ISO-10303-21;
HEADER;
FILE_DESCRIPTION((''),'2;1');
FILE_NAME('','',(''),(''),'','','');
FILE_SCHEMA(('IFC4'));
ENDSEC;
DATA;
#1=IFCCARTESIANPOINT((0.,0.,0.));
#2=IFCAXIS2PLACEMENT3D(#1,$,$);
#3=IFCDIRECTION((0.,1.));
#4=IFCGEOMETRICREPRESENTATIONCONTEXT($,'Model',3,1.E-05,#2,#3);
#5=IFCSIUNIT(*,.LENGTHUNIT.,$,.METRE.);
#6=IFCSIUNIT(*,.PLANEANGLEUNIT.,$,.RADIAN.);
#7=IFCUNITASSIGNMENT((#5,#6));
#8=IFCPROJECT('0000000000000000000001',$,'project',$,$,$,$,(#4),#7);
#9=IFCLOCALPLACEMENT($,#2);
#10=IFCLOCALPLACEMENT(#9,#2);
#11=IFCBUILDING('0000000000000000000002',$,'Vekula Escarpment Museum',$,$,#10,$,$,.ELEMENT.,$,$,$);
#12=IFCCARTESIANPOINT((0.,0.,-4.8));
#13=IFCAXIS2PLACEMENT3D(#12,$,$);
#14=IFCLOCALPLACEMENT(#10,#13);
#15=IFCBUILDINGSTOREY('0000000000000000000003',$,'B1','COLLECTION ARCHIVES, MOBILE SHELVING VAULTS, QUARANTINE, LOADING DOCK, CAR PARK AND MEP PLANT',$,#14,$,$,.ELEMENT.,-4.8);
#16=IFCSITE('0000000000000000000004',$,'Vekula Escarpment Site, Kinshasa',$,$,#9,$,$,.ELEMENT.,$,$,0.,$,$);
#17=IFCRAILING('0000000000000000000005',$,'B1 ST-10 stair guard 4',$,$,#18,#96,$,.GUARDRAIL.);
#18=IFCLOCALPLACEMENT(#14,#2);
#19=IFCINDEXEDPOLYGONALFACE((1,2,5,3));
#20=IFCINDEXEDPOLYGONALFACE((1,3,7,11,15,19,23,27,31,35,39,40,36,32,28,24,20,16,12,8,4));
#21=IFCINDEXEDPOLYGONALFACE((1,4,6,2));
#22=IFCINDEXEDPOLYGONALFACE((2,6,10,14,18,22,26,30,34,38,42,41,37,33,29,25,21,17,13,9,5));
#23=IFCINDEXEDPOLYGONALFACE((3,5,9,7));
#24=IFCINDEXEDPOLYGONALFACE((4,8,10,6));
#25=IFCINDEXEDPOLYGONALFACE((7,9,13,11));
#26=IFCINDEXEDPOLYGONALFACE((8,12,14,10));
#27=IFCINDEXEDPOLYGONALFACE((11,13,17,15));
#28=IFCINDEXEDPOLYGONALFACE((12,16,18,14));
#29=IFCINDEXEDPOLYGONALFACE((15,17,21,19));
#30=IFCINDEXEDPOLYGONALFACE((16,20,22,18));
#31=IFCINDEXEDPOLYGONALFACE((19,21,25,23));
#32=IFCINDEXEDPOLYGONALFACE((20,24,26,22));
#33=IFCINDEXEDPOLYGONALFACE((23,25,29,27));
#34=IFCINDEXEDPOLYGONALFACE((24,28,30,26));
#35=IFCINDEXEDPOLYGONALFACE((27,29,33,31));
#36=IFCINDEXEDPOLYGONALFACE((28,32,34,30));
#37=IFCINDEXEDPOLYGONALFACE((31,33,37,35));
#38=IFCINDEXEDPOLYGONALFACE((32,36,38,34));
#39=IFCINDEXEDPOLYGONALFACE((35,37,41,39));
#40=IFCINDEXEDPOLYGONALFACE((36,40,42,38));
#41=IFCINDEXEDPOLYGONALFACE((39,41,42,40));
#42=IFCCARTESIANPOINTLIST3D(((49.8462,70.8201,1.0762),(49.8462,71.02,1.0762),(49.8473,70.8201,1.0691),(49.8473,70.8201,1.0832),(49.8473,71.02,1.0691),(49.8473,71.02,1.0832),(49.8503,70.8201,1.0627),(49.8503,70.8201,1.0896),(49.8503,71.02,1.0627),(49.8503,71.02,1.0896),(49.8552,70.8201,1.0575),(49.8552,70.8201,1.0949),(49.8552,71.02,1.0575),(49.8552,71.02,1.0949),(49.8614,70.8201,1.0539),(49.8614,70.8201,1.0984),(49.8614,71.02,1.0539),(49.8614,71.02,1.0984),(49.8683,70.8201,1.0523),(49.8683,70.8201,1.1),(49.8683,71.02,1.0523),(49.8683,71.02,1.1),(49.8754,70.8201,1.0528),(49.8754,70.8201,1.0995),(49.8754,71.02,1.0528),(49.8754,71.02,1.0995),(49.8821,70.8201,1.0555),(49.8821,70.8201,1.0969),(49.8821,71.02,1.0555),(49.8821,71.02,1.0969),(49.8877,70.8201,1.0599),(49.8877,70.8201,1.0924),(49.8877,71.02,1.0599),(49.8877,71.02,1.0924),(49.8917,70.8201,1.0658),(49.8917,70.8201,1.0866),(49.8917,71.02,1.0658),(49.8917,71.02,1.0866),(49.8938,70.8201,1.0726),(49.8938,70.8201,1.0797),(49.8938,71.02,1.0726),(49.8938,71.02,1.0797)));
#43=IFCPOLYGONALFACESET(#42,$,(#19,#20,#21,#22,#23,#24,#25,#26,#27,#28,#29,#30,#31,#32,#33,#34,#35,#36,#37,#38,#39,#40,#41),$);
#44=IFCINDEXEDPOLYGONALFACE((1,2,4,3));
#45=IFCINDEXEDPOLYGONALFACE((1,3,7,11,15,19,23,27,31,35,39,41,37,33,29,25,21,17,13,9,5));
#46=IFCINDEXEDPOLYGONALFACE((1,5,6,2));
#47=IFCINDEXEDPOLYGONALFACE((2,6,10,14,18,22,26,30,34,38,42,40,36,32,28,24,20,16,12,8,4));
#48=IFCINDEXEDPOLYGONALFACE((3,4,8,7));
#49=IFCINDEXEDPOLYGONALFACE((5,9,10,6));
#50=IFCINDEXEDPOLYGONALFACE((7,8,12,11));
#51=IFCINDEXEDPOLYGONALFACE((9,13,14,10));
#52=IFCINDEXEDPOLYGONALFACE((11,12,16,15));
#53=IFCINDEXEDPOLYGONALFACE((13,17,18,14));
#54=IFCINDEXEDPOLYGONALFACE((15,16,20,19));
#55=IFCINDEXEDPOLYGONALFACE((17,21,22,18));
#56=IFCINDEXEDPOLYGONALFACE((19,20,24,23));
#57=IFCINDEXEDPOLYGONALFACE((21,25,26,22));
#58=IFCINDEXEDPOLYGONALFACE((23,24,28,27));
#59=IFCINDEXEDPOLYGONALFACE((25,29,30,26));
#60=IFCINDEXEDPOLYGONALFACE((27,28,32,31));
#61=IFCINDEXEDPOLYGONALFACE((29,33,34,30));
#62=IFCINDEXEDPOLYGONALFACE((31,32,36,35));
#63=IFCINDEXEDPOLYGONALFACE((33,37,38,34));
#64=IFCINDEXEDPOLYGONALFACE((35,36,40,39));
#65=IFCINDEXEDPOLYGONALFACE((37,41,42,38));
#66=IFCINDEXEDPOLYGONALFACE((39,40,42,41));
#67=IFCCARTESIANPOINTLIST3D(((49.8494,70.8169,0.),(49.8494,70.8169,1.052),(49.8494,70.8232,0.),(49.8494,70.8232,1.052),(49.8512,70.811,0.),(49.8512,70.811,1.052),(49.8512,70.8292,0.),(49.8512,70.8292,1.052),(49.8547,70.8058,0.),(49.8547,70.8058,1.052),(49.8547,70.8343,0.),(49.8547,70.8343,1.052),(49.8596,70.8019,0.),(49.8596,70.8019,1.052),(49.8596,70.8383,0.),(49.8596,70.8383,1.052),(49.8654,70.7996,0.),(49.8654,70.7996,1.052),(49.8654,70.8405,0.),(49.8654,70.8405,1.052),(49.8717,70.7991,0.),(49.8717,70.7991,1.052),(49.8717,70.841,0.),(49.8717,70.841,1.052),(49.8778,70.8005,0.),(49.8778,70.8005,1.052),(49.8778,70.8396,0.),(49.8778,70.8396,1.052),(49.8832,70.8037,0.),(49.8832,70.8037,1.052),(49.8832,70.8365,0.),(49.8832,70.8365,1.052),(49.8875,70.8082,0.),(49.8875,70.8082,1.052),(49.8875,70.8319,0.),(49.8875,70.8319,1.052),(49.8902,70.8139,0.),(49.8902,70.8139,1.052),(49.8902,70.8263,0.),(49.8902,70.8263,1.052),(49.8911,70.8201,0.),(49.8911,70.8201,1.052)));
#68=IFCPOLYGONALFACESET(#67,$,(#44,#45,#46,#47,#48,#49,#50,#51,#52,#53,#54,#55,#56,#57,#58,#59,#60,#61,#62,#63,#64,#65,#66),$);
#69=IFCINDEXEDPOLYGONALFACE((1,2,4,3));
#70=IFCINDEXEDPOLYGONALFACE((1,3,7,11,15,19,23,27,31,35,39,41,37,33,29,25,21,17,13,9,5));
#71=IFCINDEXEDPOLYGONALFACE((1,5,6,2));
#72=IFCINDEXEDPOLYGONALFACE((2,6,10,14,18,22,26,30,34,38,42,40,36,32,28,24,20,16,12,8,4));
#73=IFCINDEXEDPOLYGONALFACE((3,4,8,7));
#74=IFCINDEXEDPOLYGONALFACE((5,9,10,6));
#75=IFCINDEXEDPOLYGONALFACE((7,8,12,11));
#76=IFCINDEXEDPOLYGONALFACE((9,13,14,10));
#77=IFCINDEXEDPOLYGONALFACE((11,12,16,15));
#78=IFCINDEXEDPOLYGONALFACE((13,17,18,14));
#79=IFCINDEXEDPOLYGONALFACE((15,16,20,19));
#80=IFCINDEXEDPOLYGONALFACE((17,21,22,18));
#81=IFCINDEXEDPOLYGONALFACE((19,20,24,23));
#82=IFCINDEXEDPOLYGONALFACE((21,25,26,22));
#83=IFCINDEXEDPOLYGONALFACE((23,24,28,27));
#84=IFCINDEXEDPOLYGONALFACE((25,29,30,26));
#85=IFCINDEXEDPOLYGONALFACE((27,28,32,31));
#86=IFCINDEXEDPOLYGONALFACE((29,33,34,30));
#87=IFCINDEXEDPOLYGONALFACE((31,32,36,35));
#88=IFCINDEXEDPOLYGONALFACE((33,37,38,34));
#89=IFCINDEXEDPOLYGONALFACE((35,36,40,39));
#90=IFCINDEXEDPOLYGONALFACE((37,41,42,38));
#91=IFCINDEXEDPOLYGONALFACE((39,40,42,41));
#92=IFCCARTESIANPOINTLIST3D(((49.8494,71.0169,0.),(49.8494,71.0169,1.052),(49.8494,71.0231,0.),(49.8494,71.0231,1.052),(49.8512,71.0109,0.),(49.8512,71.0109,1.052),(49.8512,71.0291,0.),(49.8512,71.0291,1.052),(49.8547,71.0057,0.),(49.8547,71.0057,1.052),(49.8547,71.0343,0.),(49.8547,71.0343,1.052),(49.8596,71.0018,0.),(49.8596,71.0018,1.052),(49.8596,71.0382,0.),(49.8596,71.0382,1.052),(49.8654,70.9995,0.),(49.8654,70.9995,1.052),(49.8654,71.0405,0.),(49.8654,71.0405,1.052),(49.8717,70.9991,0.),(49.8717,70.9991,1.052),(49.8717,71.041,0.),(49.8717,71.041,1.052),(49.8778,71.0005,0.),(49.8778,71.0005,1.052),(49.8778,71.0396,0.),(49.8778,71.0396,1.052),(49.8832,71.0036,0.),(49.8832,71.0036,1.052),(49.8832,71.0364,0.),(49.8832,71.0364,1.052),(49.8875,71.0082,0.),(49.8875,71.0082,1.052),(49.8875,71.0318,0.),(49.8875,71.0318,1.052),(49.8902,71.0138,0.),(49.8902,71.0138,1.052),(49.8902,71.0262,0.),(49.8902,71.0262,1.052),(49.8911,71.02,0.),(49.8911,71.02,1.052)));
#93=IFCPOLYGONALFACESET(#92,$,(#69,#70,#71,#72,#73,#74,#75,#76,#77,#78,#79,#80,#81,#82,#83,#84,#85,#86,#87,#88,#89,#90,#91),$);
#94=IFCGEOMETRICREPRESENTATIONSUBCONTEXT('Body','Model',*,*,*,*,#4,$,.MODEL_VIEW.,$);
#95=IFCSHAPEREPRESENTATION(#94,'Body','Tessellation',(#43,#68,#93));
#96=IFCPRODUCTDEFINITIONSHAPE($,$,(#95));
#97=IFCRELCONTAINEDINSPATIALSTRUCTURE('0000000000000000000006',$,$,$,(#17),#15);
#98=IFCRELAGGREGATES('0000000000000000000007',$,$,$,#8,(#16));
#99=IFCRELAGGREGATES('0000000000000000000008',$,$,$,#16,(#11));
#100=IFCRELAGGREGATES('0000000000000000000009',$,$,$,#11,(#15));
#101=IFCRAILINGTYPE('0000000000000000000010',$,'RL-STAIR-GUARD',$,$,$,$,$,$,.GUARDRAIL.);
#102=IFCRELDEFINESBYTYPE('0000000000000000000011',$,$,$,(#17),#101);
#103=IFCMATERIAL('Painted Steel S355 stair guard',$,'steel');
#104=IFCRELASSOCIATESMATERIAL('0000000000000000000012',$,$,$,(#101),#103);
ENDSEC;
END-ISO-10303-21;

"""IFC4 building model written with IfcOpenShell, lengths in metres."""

from ifc_helpers import new_model, si_unit, direction, frame, origin, origin_2d, place, context, subcontext, project, spatial, circle, extrude, material, type_object, element, save


model = new_model("IFC4")

# Units and contexts
model_context = context("Model", 3, precision=1e-05, world=origin(), true_north=direction((0.0, 1.0)))
body_context = subcontext(model_context, "Body", "Model", "MODEL_VIEW")
ifc_project = project(units=[si_unit("LENGTHUNIT", "METRE"), si_unit("PLANEANGLEUNIT", "RADIAN")], contexts=[model_context])

# Site, building, storey
site_placement = place(None, origin())
site = spatial("IfcSite", under=ifc_project, at=site_placement, Name="Vekula Escarpment Site, Kinshasa", CompositionType="ELEMENT", RefElevation=0.0)
building_placement = place(site_placement, origin())
building = spatial("IfcBuilding", under=site, at=building_placement, Name="Vekula Escarpment Museum", CompositionType="ELEMENT")
storey_placement = place(building_placement, frame((0.0, 0.0, -4.8)))
storey = spatial("IfcBuildingStorey", under=building, at=storey_placement, Name="B1", Description="COLLECTION ARCHIVES, MOBILE SHELVING VAULTS, QUARANTINE, LOADING DOCK, CAR PARK AND MEP PLANT", CompositionType="ELEMENT", Elevation=-4.8)

# Railing
ifc_material_1 = material(Name="Painted Steel S355 stair guard", Category="steel")
railing_type_1 = type_object("IfcRailingType", Name="RL-STAIR-GUARD", PredefinedType="GUARDRAIL", material=ifc_material_1)
railing_1_placement = place(storey_placement, frame((49.8701, 70.8201, 0.0)))
element("IfcRailing", 1, at=railing_1_placement, inside=storey, type_object=railing_type_1, Name="B1 ST-10 stair guard 4", PredefinedType="GUARDRAIL", context=body_context, shape_type="SweptSolid", body=[
    extrude(circle(Radius=0.0239, at=origin_2d()), frame((0.0, 0.0, 1.0762), z_axis=(0.0, 1.0, 0.0), x_axis=(-1.0, 0.0, 0.0)), (0.0, 0.0, 1.0), 0.2),
    extrude(circle(Radius=0.021, at=origin_2d()), origin(), (0.0, 0.0, 1.0), 1.052),
    extrude(circle(Radius=0.021, at=origin_2d()), frame((0.0, 0.2, 0.0)), (0.0, 0.0, 1.0), 1.052),
])

save(model, "model.ifc")
